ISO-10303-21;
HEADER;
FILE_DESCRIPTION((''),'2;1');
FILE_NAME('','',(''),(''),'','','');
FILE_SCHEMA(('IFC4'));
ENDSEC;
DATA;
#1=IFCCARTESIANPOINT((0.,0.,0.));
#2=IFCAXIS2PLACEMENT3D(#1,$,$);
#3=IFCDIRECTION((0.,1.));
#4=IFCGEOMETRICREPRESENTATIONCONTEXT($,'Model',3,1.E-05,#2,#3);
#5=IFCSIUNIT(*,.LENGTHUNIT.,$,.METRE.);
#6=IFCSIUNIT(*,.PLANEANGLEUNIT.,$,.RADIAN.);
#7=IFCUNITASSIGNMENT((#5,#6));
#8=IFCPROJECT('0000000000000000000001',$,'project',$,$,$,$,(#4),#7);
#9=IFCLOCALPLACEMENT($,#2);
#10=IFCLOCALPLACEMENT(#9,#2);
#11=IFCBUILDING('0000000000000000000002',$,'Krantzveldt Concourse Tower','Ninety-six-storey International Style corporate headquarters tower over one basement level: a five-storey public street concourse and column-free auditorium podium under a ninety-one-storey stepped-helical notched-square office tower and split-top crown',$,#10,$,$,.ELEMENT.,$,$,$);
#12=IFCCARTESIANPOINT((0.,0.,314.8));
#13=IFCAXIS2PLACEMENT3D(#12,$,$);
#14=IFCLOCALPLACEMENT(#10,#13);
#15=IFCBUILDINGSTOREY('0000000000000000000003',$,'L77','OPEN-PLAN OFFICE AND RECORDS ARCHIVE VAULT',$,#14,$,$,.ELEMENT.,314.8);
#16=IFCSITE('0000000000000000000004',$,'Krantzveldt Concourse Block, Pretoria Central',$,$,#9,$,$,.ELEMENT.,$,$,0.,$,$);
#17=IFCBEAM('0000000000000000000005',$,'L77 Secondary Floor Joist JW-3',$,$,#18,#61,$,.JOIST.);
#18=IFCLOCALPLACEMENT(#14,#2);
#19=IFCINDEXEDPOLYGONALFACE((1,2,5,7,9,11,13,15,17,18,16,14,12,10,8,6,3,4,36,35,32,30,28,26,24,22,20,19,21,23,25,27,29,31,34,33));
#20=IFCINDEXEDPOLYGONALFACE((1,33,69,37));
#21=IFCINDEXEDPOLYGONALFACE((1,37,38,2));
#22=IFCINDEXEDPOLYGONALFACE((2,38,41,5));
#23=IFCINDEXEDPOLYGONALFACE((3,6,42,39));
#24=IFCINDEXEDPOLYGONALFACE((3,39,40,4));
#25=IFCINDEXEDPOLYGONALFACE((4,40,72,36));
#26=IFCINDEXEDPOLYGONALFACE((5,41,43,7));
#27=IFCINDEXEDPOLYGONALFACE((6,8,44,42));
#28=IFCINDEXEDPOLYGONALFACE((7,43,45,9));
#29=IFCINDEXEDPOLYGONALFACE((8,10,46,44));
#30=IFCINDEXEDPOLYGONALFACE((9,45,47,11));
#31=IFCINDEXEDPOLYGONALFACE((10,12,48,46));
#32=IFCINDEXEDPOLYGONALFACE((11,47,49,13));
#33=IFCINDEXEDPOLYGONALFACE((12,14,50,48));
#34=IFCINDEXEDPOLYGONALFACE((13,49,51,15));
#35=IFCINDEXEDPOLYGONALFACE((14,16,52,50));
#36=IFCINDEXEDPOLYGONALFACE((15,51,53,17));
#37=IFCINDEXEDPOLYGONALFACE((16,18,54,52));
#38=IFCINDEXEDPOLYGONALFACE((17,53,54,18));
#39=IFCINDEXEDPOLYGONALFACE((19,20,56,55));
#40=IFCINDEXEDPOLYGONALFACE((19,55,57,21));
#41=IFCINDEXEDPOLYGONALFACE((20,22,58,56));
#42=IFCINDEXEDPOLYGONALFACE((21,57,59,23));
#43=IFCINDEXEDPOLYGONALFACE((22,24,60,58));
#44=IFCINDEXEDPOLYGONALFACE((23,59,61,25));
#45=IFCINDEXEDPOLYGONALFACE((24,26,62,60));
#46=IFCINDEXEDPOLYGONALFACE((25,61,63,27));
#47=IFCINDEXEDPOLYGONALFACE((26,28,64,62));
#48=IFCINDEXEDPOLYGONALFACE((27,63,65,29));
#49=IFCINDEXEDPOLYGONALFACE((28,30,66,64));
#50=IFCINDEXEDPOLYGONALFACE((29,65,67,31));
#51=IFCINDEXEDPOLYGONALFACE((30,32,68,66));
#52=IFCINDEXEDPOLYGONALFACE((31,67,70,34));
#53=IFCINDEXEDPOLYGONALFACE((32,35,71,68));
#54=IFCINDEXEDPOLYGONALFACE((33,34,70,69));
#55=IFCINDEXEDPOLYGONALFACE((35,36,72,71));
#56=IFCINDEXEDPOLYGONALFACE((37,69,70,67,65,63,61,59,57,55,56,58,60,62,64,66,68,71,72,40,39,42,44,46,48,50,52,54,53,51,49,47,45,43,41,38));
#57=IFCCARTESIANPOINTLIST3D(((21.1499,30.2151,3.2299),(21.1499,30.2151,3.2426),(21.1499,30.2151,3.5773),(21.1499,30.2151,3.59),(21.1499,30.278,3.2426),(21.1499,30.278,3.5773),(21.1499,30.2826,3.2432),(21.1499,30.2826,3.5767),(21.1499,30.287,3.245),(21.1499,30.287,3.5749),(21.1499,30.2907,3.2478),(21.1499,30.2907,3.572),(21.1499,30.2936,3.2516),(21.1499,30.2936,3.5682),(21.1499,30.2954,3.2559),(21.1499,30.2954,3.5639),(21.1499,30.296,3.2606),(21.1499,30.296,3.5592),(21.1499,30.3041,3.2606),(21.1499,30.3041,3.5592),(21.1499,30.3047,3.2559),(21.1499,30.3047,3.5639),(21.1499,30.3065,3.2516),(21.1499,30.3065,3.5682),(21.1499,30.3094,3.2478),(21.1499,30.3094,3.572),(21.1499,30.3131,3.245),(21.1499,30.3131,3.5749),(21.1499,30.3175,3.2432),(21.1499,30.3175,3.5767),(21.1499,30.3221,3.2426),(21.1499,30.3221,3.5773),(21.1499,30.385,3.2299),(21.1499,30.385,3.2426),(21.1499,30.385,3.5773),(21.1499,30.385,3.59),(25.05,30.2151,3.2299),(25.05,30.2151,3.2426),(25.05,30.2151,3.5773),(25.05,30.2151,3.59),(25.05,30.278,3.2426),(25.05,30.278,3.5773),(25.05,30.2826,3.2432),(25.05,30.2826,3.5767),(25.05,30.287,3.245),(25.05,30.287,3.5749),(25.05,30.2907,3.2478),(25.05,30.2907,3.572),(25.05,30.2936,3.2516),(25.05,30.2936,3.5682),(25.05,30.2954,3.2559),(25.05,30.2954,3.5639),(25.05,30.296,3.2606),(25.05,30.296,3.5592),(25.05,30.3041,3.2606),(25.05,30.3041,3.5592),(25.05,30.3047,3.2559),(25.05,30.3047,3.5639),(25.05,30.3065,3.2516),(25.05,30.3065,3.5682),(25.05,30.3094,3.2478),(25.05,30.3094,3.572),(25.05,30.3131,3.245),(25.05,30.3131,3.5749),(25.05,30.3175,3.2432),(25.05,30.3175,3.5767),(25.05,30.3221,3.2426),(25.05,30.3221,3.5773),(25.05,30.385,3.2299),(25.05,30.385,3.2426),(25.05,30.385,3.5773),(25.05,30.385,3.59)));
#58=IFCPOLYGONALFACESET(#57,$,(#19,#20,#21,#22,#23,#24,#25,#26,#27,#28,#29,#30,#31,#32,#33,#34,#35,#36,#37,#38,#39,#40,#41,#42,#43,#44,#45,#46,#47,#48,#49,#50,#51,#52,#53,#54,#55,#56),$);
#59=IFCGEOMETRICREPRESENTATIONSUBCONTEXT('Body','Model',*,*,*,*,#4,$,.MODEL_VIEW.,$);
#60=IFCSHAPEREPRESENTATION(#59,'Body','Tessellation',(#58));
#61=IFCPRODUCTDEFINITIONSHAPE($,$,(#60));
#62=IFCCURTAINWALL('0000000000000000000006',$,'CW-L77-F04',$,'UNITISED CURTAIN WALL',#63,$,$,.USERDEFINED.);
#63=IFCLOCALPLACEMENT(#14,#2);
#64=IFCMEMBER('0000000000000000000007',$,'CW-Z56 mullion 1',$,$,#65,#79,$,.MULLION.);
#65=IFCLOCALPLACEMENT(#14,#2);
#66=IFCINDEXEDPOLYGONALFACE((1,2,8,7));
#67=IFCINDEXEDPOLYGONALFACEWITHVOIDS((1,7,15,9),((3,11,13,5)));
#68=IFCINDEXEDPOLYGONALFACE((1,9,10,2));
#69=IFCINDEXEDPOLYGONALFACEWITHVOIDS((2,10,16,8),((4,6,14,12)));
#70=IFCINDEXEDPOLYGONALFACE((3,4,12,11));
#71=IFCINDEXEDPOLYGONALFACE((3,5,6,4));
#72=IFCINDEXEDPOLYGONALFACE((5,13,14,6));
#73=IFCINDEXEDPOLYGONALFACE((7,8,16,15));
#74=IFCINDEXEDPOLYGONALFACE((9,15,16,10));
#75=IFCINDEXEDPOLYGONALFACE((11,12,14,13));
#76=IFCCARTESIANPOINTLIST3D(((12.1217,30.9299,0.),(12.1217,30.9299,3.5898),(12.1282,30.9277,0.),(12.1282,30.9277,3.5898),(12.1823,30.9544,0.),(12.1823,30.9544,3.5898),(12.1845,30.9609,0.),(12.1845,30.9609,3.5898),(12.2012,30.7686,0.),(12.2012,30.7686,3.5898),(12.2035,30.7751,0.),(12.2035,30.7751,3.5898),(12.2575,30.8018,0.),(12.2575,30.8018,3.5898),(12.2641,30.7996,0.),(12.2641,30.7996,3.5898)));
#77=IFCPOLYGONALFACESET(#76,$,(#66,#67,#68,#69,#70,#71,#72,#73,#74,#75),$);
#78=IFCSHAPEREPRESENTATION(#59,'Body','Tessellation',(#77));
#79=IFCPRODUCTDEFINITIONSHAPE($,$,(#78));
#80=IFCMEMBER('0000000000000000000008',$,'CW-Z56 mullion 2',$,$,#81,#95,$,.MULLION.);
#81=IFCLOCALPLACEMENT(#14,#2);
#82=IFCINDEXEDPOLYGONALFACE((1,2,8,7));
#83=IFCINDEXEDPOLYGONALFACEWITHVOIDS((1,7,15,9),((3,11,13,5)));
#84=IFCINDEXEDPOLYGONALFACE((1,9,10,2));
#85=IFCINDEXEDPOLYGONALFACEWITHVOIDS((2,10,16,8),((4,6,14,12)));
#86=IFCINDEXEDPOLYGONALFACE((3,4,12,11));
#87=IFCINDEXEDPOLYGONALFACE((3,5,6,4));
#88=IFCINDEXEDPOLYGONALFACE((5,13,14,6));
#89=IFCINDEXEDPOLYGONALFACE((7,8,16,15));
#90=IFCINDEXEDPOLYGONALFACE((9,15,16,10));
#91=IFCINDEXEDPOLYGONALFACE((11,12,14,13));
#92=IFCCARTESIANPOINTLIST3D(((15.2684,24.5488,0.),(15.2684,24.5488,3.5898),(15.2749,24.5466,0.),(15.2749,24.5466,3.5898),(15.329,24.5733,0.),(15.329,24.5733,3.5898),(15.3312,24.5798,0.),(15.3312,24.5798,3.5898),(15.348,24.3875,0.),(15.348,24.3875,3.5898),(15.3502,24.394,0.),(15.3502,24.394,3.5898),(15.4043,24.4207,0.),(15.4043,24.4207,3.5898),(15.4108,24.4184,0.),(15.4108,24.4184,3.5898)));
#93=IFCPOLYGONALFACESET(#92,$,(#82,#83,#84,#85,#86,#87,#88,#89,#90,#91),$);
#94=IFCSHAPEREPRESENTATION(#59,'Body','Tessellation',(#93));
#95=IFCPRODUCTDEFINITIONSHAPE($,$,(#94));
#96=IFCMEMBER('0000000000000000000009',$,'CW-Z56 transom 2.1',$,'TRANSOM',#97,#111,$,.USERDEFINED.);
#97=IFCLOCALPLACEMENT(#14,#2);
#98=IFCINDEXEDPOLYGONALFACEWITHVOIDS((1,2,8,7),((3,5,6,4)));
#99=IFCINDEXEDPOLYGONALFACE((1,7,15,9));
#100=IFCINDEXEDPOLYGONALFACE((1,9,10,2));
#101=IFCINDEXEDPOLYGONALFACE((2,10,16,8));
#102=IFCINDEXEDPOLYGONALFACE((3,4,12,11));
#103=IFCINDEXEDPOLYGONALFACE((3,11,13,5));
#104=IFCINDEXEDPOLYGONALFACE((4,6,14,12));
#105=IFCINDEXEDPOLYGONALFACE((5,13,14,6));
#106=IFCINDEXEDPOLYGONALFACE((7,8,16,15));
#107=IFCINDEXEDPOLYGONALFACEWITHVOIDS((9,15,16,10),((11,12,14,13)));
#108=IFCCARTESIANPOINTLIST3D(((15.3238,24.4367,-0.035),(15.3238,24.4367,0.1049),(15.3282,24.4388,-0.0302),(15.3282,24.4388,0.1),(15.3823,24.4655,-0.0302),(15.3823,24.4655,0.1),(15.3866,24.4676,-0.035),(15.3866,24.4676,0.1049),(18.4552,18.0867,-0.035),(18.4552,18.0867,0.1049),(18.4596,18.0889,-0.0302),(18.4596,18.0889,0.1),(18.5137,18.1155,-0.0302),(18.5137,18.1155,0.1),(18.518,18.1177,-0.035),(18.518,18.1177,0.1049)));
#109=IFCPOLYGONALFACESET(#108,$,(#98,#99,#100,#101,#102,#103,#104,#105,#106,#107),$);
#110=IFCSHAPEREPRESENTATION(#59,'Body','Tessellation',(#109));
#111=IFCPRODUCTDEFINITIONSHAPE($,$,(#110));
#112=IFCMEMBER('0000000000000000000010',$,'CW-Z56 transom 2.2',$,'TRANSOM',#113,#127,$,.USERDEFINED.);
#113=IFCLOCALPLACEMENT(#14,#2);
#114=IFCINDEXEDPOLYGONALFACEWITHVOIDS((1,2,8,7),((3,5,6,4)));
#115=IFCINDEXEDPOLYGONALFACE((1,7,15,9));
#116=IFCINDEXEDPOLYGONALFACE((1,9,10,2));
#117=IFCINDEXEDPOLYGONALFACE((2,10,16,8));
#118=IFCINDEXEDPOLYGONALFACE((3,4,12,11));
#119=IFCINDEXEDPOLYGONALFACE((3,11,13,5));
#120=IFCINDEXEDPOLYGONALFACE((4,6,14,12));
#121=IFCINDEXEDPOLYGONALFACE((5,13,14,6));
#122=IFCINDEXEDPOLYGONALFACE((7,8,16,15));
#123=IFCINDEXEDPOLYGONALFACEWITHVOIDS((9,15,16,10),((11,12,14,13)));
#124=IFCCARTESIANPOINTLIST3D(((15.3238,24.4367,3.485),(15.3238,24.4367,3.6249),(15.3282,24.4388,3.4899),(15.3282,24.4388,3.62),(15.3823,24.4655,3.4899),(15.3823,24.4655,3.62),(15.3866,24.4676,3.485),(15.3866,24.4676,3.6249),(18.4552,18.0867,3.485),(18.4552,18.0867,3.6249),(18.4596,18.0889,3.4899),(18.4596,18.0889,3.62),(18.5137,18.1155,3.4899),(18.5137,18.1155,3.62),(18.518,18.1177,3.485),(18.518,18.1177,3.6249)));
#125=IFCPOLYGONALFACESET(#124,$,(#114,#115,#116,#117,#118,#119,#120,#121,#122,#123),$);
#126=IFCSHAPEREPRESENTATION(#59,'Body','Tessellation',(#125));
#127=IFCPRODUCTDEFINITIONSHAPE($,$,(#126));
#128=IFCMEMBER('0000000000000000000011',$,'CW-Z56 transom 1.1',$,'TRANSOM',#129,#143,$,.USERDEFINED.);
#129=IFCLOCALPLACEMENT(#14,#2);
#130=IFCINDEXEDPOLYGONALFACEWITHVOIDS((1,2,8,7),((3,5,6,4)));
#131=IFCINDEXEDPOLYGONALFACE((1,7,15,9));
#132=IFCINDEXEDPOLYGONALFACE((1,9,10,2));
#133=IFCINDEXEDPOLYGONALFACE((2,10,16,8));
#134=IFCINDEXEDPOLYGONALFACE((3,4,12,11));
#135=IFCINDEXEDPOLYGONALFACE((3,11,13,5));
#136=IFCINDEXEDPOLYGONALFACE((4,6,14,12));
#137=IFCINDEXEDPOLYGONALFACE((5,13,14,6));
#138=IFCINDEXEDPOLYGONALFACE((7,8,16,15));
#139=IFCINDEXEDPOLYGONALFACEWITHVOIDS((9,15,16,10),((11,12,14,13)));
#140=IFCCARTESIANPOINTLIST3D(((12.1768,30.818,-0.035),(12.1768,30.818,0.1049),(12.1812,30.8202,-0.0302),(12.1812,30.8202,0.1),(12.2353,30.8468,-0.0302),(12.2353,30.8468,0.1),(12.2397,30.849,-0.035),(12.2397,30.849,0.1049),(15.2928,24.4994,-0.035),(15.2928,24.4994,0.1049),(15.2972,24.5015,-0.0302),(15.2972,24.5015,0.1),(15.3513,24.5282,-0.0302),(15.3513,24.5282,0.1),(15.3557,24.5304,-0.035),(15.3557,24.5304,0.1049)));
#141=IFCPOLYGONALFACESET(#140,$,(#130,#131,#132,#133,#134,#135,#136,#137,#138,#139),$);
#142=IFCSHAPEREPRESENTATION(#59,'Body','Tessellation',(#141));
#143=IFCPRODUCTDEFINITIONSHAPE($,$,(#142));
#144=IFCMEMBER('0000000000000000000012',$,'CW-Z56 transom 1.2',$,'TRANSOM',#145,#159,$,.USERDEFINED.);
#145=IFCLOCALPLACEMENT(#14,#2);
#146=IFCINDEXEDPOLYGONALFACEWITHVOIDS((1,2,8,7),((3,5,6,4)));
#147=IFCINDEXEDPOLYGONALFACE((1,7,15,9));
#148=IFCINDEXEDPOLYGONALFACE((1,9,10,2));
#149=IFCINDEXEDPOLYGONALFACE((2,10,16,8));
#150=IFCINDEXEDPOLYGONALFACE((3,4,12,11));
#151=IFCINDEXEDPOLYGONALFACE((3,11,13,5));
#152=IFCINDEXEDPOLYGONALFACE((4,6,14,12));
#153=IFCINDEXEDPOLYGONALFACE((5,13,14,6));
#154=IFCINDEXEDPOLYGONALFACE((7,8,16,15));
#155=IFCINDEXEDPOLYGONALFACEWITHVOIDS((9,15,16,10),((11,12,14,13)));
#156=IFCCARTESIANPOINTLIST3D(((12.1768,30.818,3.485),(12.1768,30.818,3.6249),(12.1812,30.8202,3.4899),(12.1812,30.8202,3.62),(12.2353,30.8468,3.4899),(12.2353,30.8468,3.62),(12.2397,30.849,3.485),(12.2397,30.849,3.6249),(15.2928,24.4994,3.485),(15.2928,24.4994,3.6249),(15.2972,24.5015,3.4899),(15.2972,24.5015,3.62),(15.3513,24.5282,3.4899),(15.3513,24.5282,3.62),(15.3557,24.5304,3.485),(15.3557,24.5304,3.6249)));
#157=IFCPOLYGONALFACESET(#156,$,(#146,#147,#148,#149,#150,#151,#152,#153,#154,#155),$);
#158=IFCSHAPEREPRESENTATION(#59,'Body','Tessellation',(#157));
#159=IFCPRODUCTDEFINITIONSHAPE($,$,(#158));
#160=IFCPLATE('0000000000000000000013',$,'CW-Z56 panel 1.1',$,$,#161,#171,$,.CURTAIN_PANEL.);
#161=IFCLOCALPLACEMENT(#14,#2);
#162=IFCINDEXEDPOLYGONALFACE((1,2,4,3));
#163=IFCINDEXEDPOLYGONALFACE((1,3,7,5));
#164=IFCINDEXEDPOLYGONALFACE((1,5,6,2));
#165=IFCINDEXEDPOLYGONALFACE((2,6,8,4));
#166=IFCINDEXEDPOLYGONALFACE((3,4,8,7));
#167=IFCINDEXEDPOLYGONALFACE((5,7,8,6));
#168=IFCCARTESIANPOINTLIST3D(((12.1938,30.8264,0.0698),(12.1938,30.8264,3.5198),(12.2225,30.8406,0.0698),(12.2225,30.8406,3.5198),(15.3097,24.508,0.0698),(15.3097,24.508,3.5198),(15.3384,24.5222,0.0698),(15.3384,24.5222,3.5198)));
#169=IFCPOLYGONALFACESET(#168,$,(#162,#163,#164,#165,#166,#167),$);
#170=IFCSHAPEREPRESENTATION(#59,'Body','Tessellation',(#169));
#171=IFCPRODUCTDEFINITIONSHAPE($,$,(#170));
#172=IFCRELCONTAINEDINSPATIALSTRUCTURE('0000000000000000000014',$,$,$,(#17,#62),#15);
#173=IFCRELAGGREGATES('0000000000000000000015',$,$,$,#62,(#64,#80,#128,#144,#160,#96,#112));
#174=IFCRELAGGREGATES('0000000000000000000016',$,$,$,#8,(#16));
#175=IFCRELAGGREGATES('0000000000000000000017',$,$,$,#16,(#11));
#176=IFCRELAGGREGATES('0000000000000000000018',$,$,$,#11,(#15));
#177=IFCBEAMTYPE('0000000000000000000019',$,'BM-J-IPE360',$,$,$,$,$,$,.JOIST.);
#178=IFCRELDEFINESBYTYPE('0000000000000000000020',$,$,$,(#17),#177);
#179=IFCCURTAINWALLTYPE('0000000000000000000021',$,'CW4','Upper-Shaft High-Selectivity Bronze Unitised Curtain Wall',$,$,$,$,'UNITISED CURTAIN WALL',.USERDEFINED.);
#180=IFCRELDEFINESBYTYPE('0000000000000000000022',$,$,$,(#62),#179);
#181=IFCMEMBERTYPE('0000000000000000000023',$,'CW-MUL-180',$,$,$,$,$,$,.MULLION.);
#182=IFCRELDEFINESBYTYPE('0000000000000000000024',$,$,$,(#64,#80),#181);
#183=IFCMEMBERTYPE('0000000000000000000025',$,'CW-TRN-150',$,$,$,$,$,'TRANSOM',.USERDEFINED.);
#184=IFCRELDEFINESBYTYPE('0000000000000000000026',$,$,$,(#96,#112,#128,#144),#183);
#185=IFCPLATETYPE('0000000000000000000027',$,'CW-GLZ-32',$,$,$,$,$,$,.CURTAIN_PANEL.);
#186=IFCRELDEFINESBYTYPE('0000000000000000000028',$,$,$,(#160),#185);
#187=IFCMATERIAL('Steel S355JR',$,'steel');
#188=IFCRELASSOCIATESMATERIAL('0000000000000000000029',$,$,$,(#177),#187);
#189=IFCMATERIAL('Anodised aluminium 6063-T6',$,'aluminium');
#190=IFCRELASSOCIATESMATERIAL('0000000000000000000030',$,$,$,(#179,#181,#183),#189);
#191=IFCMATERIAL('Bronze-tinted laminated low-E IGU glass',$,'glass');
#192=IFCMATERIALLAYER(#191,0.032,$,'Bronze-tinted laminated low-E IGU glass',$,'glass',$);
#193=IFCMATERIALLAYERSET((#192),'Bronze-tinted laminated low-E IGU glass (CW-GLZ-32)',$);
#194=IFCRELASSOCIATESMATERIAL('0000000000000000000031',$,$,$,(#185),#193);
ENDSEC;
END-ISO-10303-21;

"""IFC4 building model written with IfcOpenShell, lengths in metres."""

from ifc_helpers import new_model, si_unit, direction, frame, origin, origin_2d, place, context, subcontext, project, spatial, rectangle, hollow_rectangle, i_section, extrude, source, transform, mapped, material, layer, layer_set, material_profile, profile_set, type_object, type_shapes, element, aggregate, save


model = new_model("IFC4")

# Units and contexts
model_context = context("Model", 3, precision=1e-05, world=origin(), true_north=direction((0.0, 1.0)))
body_context = subcontext(model_context, "Body", "Model", "MODEL_VIEW")
ifc_project = project(units=[si_unit("LENGTHUNIT", "METRE"), si_unit("PLANEANGLEUNIT", "RADIAN")], contexts=[model_context])

# Site, building, storey
site_placement = place(None, origin())
site = spatial("IfcSite", under=ifc_project, at=site_placement, Name="Krantzveldt Concourse Block, Pretoria Central", CompositionType="ELEMENT", RefElevation=0.0)
building_placement = place(site_placement, origin())
building = spatial("IfcBuilding", under=site, at=building_placement, Name="Krantzveldt Concourse Tower", Description="Ninety-six-storey International Style corporate headquarters tower over one basement level: a five-storey public street concourse and column-free auditorium podium under a ninety-one-storey stepped-helical notched-square office tower and split-top crown", CompositionType="ELEMENT")
storey_placement = place(building_placement, frame((0.0, 0.0, 314.8)))
storey = spatial("IfcBuildingStorey", under=building, at=storey_placement, Name="L77", Description="OPEN-PLAN OFFICE AND RECORDS ARCHIVE VAULT", CompositionType="ELEMENT", Elevation=314.8)

# Beam
ifc_material_1 = material(Name="Steel S355JR", Category="steel")
ifc_material_profile_1 = material_profile(ifc_material_1, i_section(OverallWidth=0.1699, OverallDepth=0.3601, WebThickness=0.0081, FlangeThickness=0.0127, FilletRadius=0.0181, at=origin_2d()), Name="Steel S355JR", Category="steel")
ifc_profile_set_1 = profile_set([ifc_material_profile_1], Name="Steel S355JR - IPE 360")
beam_type_1 = type_object("IfcBeamType", Name="BM-J-IPE360", PredefinedType="JOIST", material=ifc_profile_set_1)
shared_shape_1 = source(origin(), body_context, "Body", "SweptSolid", [
    extrude(i_section(OverallWidth=0.1699, OverallDepth=0.3601, WebThickness=0.0081, FlangeThickness=0.0127, FilletRadius=0.0181, at=origin_2d()), origin(), (0.0, 0.0, 1.0), 3.9001),
])
for number, where, z_axis, x_axis, name in (
    (1, (21.1499, 30.3, 3.4099), (1.0, 0.0, 0.0), (0.0, 1.0, 0.0), "L77 Secondary Floor Joist JW-3"),
):
    element("IfcBeam", number, at=place(storey_placement, frame(where, z_axis=z_axis, x_axis=x_axis)), inside=storey, type_object=beam_type_1, Name=name, PredefinedType="JOIST", context=body_context, shape_type="MappedRepresentation", body=[
        mapped(shared_shape_1, transform((0.0, 0.0, 0.0), x_axis=(1.0, 0.0, 0.0), y_axis=(0.0, 1.0, 0.0), z_axis=(0.0, 0.0, 1.0), scale=1.0)),
    ])

# Curtain wall, members, plate
ifc_material_2 = material(Name="Anodised aluminium 6063-T6", Category="aluminium")
curtain_wall_type = type_object("IfcCurtainWallType", Name="CW4", Description="Upper-Shaft High-Selectivity Bronze Unitised Curtain Wall", ElementType="UNITISED CURTAIN WALL", PredefinedType="USERDEFINED", material=ifc_material_2)
curtain_wall_placement = place(storey_placement, origin())
curtain_wall = element("IfcCurtainWall", 2, at=curtain_wall_placement, inside=storey, type_object=curtain_wall_type, Name="CW-L77-F04", ObjectType="UNITISED CURTAIN WALL", PredefinedType="USERDEFINED")
ifc_material_profile_2 = material_profile(ifc_material_2, hollow_rectangle(XDim=0.0701, YDim=0.1799, WallThickness=0.0049, at=origin_2d()), Name="Anodised aluminium 6063-T6", Category="aluminium")
ifc_profile_set_2 = profile_set([ifc_material_profile_2], Name="Anodised aluminium 6063-T6 - ALU-MULL 180x70x5")
member_type_1 = type_object("IfcMemberType", Name="CW-MUL-180", PredefinedType="MULLION", material=ifc_profile_set_2)
shared_shape_2 = source(origin(), body_context, "Body", "SweptSolid", [
    extrude(hollow_rectangle(XDim=0.0701, YDim=0.1799, WallThickness=0.0049, at=origin_2d()), origin(), (0.0, 0.0, 1.0), 3.5898),
])
type_shapes(member_type_1, [shared_shape_2])
member_1_placement = place(storey_placement, frame((12.1929, 30.8647, 0.0), z_axis=(0.0, 0.0, 1.0), x_axis=(0.896873, 0.442289, 0.0)))
member_1 = element("IfcMember", 3, at=member_1_placement, type_object=member_type_1, Name="CW-Z56 mullion 1", PredefinedType="MULLION", context=body_context, shape_type="MappedRepresentation", body=[
    mapped(shared_shape_2, transform((0.0, 0.0, 0.0), x_axis=(1.0, 0.0, 0.0), y_axis=(0.0, 1.0, 0.0), z_axis=(0.0, 0.0, 1.0), scale=1.0)),
])
member_2_placement = place(storey_placement, frame((15.3396, 24.4836, 0.0), z_axis=(0.0, 0.0, 1.0), x_axis=(0.896873, 0.442289, 0.0)))
member_2 = element("IfcMember", 4, at=member_2_placement, type_object=member_type_1, Name="CW-Z56 mullion 2", PredefinedType="MULLION", context=body_context, shape_type="MappedRepresentation", body=[
    mapped(shared_shape_2, transform((0.0, 0.0, 0.0), x_axis=(1.0, 0.0, 0.0), y_axis=(0.0, 1.0, 0.0), z_axis=(0.0, 0.0, 1.0), scale=1.0)),
])
ifc_material_profile_3 = material_profile(ifc_material_2, hollow_rectangle(XDim=0.0701, YDim=0.1399, WallThickness=0.0049, at=origin_2d()), Name="Anodised aluminium 6063-T6", Category="aluminium")
ifc_profile_set_3 = profile_set([ifc_material_profile_3], Name="Anodised aluminium 6063-T6 - ALU-TRAN 140x70x5")
member_type_2 = type_object("IfcMemberType", Name="CW-TRN-150", ElementType="TRANSOM", PredefinedType="USERDEFINED", material=ifc_profile_set_3)
shared_shape_3 = source(origin(), body_context, "Body", "SweptSolid", [
    extrude(hollow_rectangle(XDim=0.0701, YDim=0.1399, WallThickness=0.0049, at=origin_2d()), origin(), (0.0, 0.0, 1.0), 7.0801),
])
member_3_placement = place(storey_placement, frame((15.3552, 24.4521, 0.0349), z_axis=(0.442283, -0.896876, 0.0), x_axis=(0.896876, 0.442283, 0.0)))
member_3 = element("IfcMember", 5, at=member_3_placement, type_object=member_type_2, Name="CW-Z56 transom 2.1", ObjectType="TRANSOM", PredefinedType="USERDEFINED", context=body_context, shape_type="MappedRepresentation", body=[
    mapped(shared_shape_3, transform((0.0, 0.0, 0.0), x_axis=(1.0, 0.0, 0.0), y_axis=(0.0, 1.0, 0.0), z_axis=(0.0, 0.0, 1.0), scale=1.0)),
])
member_4_placement = place(storey_placement, frame((15.3552, 24.4521, 3.5549), z_axis=(0.442283, -0.896876, 0.0), x_axis=(0.896876, 0.442283, 0.0)))
member_4 = element("IfcMember", 6, at=member_4_placement, type_object=member_type_2, Name="CW-Z56 transom 2.2", ObjectType="TRANSOM", PredefinedType="USERDEFINED", context=body_context, shape_type="MappedRepresentation", body=[
    mapped(shared_shape_3, transform((0.0, 0.0, 0.0), x_axis=(1.0, 0.0, 0.0), y_axis=(0.0, 1.0, 0.0), z_axis=(0.0, 0.0, 1.0), scale=1.0)),
])
shared_shape_4 = source(origin(), body_context, "Body", "SweptSolid", [
    extrude(hollow_rectangle(XDim=0.0701, YDim=0.1399, WallThickness=0.0049, at=origin_2d()), origin(), (0.0, 0.0, 1.0), 7.0452),
])
type_shapes(member_type_2, [shared_shape_3, shared_shape_4])
member_5_placement = place(storey_placement, frame((12.2083, 30.8335, 0.0349), z_axis=(0.442286, -0.896874, 0.0), x_axis=(0.896874, 0.442286, 0.0)))
member_5 = element("IfcMember", 7, at=member_5_placement, type_object=member_type_2, Name="CW-Z56 transom 1.1", ObjectType="TRANSOM", PredefinedType="USERDEFINED", context=body_context, shape_type="MappedRepresentation", body=[
    mapped(shared_shape_4, transform((0.0, 0.0, 0.0), x_axis=(1.0, 0.0, 0.0), y_axis=(0.0, 1.0, 0.0), z_axis=(0.0, 0.0, 1.0), scale=1.0)),
])
member_6_placement = place(storey_placement, frame((12.2083, 30.8335, 3.5549), z_axis=(0.442286, -0.896874, 0.0), x_axis=(0.896874, 0.442286, 0.0)))
member_6 = element("IfcMember", 8, at=member_6_placement, type_object=member_type_2, Name="CW-Z56 transom 1.2", ObjectType="TRANSOM", PredefinedType="USERDEFINED", context=body_context, shape_type="MappedRepresentation", body=[
    mapped(shared_shape_4, transform((0.0, 0.0, 0.0), x_axis=(1.0, 0.0, 0.0), y_axis=(0.0, 1.0, 0.0), z_axis=(0.0, 0.0, 1.0), scale=1.0)),
])
ifc_material_3 = material(Name="Bronze-tinted laminated low-E IGU glass", Category="glass")
ifc_layer_1 = layer(ifc_material_3, 0.032, Name="Bronze-tinted laminated low-E IGU glass", Category="glass")
ifc_layer_set_1 = layer_set([ifc_layer_1], Name="Bronze-tinted laminated low-E IGU glass (CW-GLZ-32)")
plate_type = type_object("IfcPlateType", Name="CW-GLZ-32", PredefinedType="CURTAIN_PANEL", material=ifc_layer_set_1)
shared_shape_5 = source(origin(), body_context, "Body", "SweptSolid", [
    extrude(rectangle(XDim=7.0449, YDim=0.032, at=origin_2d()), origin(), (0.0, 0.0, 1.0), 3.45),
])
type_shapes(plate_type, [shared_shape_5])
plate_placement = place(storey_placement, frame((13.7661, 27.6743, 0.0698), z_axis=(0.0, 0.0, 1.0), x_axis=(0.442289, -0.896873, 0.0)))
plate = element("IfcPlate", 9, at=plate_placement, type_object=plate_type, Name="CW-Z56 panel 1.1", PredefinedType="CURTAIN_PANEL", context=body_context, shape_type="MappedRepresentation", body=[
    mapped(shared_shape_5, transform((0.0, 0.0, 0.0), x_axis=(1.0, 0.0, 0.0), y_axis=(0.0, 1.0, 0.0), z_axis=(0.0, 0.0, 1.0), scale=1.0)),
])
aggregate(curtain_wall, [member_1, member_2, member_5, member_6, plate, member_3, member_4])

save(model, "model.ifc")
